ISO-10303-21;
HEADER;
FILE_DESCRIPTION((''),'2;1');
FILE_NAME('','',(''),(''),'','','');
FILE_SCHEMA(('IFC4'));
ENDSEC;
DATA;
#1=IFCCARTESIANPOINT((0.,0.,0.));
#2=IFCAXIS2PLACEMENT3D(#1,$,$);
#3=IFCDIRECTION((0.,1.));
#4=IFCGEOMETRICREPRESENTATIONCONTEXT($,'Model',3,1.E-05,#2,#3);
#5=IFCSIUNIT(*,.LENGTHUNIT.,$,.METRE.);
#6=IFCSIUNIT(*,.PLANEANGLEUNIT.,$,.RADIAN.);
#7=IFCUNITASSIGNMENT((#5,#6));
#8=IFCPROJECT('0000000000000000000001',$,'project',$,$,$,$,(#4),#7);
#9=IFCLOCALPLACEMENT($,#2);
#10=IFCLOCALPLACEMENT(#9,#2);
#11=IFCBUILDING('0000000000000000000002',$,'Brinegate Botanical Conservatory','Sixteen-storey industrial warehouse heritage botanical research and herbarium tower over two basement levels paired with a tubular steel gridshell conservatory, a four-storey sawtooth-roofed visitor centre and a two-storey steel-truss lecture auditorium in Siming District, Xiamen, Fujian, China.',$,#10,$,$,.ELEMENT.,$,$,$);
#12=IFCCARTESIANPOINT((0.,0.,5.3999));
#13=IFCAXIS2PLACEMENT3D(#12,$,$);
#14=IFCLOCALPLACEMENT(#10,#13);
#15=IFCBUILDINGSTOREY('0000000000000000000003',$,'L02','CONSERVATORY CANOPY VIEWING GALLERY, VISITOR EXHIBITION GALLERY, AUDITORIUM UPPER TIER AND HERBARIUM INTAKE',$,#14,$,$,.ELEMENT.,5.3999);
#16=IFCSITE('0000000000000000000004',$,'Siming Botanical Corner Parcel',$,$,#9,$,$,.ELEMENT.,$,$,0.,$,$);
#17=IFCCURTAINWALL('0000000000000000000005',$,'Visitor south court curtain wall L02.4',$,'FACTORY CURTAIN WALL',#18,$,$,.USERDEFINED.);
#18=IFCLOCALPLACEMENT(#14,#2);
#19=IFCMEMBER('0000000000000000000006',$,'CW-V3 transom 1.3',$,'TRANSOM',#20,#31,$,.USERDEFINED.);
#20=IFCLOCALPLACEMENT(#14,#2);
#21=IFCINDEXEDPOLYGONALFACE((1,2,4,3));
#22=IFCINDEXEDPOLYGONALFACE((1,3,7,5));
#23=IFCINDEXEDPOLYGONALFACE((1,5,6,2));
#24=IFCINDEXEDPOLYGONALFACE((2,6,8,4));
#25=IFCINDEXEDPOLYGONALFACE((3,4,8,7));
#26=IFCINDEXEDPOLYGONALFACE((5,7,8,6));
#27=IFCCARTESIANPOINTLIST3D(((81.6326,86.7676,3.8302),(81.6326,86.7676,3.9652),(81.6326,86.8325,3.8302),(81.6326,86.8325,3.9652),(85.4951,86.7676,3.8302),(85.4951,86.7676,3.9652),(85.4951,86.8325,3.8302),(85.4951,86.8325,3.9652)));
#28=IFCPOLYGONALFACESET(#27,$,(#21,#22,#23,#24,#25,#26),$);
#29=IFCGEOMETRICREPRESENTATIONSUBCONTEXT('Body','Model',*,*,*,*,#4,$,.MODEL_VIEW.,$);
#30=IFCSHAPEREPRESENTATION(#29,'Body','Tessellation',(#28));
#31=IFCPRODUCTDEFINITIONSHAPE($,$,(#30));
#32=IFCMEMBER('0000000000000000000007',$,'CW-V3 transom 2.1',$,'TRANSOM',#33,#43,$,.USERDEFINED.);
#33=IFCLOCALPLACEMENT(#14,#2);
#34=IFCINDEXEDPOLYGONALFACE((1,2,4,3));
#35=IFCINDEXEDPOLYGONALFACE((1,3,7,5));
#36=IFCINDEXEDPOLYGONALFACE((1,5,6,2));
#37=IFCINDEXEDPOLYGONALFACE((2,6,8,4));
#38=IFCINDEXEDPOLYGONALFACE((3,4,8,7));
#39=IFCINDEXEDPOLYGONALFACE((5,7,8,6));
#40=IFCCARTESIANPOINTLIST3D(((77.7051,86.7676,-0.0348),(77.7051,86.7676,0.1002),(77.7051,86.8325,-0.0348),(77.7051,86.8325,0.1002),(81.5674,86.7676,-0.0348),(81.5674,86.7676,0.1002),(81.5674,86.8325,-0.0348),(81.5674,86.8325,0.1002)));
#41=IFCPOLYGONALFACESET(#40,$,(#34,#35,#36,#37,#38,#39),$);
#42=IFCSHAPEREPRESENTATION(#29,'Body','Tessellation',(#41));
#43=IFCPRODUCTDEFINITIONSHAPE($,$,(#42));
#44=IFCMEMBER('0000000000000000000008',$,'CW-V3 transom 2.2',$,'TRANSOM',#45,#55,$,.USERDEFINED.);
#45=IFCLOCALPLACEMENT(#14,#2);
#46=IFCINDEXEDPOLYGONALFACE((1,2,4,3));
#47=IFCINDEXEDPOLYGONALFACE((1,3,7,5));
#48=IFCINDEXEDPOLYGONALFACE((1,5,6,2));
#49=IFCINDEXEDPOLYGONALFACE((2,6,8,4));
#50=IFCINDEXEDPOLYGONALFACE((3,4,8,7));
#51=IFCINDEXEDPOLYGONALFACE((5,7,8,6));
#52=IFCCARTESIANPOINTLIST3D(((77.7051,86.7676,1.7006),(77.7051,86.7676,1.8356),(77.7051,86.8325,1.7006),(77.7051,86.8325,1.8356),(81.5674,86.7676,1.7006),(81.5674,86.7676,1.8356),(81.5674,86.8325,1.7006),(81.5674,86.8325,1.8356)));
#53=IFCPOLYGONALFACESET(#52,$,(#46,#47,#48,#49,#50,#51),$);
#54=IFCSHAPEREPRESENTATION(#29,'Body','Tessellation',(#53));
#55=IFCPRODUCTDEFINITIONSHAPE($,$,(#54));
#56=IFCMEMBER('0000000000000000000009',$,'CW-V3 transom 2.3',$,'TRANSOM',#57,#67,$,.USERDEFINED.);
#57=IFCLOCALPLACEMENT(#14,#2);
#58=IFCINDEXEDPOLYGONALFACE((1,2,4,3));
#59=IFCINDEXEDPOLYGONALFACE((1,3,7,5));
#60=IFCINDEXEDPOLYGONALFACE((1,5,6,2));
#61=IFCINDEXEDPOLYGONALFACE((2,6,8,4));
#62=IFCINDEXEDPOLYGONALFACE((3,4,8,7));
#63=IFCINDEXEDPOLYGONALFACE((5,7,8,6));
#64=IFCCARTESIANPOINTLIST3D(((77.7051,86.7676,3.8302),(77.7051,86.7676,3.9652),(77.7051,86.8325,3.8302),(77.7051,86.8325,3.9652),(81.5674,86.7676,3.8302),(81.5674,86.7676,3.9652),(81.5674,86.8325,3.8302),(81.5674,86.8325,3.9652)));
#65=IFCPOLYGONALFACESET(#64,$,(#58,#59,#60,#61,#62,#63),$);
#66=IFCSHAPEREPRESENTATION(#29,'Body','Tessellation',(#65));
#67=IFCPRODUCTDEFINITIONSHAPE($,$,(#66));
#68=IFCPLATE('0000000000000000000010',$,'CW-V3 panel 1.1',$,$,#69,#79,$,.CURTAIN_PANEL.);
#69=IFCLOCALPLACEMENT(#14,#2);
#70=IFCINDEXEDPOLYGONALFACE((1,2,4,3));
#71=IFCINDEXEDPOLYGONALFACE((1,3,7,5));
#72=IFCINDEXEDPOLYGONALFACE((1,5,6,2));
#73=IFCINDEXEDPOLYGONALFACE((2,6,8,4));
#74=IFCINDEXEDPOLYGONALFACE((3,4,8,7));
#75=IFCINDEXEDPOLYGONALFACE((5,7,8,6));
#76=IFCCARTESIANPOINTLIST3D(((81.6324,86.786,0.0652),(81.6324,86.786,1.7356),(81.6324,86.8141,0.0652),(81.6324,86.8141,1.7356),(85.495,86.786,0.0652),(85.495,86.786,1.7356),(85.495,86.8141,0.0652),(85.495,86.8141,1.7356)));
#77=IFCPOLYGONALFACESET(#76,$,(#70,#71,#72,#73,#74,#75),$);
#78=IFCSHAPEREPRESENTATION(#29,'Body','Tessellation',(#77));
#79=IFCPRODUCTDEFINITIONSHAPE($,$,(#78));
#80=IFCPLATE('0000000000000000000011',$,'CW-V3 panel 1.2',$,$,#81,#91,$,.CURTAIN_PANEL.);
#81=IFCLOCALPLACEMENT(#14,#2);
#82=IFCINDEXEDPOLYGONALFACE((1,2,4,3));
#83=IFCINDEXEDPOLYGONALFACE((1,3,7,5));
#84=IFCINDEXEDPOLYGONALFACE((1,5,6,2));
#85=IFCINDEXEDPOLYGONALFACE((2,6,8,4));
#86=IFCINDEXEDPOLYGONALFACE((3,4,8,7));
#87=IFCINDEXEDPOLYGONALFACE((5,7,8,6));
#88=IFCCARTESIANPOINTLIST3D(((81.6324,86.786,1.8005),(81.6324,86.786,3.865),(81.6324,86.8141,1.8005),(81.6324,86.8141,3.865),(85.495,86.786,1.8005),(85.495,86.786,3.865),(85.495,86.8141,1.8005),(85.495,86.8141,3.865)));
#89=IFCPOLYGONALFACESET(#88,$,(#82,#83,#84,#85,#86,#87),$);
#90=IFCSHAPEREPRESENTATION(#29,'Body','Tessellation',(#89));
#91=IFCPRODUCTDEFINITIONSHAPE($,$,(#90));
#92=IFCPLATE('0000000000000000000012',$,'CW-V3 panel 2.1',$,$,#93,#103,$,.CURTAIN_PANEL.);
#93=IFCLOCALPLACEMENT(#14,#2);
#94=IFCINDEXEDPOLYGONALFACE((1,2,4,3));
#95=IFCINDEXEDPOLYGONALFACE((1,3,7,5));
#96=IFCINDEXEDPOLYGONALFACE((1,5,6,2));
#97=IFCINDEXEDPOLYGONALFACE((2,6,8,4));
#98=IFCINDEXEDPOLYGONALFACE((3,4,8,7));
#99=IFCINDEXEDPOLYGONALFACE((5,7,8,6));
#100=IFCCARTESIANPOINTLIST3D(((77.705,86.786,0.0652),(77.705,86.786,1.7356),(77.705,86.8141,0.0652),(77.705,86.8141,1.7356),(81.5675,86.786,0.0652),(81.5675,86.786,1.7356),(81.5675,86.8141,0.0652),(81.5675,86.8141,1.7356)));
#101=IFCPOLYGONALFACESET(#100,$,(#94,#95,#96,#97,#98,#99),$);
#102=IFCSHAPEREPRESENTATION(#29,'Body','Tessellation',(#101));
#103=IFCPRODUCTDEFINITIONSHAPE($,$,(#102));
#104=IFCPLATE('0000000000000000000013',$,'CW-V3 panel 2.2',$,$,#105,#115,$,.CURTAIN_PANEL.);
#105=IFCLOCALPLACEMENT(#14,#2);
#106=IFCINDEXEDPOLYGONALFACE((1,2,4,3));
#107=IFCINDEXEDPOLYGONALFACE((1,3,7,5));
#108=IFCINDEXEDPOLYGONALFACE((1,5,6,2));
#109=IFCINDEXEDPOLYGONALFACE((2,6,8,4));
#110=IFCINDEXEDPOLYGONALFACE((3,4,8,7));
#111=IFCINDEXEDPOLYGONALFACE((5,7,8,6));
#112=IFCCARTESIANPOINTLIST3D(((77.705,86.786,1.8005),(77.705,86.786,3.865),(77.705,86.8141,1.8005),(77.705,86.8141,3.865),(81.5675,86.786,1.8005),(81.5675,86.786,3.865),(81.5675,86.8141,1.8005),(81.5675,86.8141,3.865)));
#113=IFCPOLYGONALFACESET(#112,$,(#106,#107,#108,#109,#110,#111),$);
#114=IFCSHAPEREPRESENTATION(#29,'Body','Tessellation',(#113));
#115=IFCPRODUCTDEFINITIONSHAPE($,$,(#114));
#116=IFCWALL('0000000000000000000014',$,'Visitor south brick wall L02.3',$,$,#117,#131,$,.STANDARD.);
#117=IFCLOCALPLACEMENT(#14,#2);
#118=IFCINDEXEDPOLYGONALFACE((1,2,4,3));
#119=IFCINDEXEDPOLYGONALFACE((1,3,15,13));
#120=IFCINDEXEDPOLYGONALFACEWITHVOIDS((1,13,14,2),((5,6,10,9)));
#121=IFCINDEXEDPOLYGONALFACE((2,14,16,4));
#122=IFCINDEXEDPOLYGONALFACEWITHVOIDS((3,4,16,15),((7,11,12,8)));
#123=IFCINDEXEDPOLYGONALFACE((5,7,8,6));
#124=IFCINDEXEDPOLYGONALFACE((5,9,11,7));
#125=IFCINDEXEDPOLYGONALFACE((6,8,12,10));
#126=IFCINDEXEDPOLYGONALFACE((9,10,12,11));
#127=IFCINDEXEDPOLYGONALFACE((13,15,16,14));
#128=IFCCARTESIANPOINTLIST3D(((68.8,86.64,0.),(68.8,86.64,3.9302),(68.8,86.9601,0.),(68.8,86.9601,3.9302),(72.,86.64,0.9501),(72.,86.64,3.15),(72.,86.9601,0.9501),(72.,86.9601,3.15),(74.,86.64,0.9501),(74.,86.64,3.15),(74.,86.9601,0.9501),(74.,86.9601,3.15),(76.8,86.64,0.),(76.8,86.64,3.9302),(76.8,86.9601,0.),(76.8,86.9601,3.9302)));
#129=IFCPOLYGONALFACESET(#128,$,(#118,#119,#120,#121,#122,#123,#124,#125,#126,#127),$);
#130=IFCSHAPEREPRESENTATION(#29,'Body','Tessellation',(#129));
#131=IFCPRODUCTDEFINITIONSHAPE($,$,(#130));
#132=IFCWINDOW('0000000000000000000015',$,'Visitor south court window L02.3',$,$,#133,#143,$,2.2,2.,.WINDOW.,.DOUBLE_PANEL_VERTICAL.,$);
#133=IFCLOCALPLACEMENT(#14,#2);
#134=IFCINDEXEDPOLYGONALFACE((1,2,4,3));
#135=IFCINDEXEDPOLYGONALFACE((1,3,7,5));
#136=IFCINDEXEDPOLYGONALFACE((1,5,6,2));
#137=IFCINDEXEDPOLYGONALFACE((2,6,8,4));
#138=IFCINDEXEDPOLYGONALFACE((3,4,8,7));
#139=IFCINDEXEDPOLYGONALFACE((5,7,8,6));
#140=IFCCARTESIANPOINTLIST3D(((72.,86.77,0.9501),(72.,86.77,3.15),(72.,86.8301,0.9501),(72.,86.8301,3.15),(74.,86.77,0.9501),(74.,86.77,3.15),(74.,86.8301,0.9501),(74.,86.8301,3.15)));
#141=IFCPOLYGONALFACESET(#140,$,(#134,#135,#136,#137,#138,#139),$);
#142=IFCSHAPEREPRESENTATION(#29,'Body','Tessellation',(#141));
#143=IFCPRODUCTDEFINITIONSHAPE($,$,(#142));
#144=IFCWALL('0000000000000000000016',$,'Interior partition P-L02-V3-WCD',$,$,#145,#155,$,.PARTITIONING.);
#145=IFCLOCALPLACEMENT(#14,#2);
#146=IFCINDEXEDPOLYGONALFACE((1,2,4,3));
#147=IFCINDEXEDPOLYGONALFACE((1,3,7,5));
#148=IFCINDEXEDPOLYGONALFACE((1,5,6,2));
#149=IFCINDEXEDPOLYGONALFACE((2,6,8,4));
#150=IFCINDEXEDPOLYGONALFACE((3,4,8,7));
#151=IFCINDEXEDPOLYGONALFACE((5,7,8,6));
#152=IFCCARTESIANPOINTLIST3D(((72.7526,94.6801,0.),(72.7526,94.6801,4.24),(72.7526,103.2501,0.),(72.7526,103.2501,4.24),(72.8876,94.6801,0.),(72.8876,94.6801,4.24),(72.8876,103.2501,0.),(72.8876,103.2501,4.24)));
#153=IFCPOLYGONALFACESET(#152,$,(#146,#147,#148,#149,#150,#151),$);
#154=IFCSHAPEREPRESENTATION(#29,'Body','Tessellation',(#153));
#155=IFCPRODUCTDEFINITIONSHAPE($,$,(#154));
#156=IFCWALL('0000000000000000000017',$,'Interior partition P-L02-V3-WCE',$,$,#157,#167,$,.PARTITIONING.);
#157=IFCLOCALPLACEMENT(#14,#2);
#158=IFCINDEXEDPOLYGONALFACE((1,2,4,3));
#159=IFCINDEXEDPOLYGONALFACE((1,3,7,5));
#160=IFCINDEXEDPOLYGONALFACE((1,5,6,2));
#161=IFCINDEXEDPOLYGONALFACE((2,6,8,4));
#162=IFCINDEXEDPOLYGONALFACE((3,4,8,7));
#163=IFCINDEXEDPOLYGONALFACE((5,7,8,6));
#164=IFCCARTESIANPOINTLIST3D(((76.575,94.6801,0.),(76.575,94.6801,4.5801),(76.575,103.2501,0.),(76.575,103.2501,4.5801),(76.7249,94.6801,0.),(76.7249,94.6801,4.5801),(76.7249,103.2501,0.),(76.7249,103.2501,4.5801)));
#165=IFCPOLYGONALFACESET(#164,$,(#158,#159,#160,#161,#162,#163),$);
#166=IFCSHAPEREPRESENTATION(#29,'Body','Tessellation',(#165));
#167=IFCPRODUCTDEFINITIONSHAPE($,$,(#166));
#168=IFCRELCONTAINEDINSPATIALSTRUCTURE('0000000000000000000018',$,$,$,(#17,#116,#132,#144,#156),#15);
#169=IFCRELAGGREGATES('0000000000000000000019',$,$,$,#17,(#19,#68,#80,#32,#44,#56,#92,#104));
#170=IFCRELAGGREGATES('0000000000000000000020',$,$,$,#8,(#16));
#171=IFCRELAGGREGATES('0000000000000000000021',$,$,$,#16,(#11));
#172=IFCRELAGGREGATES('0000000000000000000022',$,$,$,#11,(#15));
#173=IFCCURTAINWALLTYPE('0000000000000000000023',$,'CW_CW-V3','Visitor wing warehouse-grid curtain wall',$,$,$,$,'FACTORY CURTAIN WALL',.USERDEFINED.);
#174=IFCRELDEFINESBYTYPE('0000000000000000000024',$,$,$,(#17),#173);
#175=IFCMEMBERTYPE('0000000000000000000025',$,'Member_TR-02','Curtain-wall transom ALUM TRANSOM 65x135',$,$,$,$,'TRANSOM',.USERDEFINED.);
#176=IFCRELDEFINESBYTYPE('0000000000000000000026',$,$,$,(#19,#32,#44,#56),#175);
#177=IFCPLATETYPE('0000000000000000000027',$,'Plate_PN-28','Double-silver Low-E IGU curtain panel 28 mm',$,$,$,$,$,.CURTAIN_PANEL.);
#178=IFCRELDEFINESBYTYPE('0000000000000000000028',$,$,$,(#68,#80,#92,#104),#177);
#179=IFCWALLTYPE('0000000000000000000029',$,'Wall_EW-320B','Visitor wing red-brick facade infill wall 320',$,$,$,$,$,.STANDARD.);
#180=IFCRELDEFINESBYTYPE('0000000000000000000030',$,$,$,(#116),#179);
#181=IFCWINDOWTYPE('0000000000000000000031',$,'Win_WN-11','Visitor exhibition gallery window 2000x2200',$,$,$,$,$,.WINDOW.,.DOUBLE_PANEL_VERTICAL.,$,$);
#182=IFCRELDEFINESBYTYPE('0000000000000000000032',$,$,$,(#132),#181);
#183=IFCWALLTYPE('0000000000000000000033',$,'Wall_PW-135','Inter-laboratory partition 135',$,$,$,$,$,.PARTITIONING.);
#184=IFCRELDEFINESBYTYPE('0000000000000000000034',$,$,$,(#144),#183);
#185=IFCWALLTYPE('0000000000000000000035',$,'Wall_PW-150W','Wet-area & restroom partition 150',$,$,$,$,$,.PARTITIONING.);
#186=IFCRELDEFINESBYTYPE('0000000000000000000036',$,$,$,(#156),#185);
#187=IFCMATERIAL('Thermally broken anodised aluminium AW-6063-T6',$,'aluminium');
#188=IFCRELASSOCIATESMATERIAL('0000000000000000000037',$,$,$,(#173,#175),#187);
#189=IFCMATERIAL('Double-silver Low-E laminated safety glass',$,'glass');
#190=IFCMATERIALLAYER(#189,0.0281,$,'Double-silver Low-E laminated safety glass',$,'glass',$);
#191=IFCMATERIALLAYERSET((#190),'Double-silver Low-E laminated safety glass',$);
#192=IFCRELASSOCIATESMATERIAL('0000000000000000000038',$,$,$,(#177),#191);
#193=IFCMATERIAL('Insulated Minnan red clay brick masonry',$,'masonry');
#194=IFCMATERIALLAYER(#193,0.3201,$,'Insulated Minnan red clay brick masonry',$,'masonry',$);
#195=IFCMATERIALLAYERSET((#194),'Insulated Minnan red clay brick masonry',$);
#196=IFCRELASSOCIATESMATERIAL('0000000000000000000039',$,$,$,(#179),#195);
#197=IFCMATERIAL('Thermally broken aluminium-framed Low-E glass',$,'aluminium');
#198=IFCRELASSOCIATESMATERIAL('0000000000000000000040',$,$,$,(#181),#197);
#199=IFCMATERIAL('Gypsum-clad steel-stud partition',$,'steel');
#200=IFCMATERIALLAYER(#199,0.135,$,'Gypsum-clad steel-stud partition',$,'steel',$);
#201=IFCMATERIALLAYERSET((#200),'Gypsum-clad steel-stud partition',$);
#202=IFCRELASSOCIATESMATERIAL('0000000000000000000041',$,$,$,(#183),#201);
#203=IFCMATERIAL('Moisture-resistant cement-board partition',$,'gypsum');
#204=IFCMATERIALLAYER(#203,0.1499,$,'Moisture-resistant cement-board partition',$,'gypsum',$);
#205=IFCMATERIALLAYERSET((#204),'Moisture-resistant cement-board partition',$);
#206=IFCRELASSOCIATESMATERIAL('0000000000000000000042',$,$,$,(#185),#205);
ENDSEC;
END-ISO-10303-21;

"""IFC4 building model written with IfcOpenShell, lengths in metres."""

from ifc_helpers import new_model, si_unit, direction, frame, frame_2d, origin, origin_2d, place, context, subcontext, project, spatial, rectangle, extrude, material, layer, layer_set, material_profile, profile_set, type_object, element, fill, aggregate, save


model = new_model("IFC4")

# Units and contexts
model_context = context("Model", 3, precision=1e-05, world=origin(), true_north=direction((0.0, 1.0)))
body_context = subcontext(model_context, "Body", "Model", "MODEL_VIEW")
ifc_project = project(units=[si_unit("LENGTHUNIT", "METRE"), si_unit("PLANEANGLEUNIT", "RADIAN")], contexts=[model_context])

# Site, building, storey
site_placement = place(None, origin())
site = spatial("IfcSite", under=ifc_project, at=site_placement, Name="Siming Botanical Corner Parcel", CompositionType="ELEMENT", RefElevation=0.0)
building_placement = place(site_placement, origin())
building = spatial("IfcBuilding", under=site, at=building_placement, Name="Brinegate Botanical Conservatory", Description="Sixteen-storey industrial warehouse heritage botanical research and herbarium tower over two basement levels paired with a tubular steel gridshell conservatory, a four-storey sawtooth-roofed visitor centre and a two-storey steel-truss lecture auditorium in Siming District, Xiamen, Fujian, China.", CompositionType="ELEMENT")
storey_placement = place(building_placement, frame((0.0, 0.0, 5.3999)))
storey = spatial("IfcBuildingStorey", under=building, at=storey_placement, Name="L02", Description="CONSERVATORY CANOPY VIEWING GALLERY, VISITOR EXHIBITION GALLERY, AUDITORIUM UPPER TIER AND HERBARIUM INTAKE", CompositionType="ELEMENT", Elevation=5.3999)

# Curtain wall, members, plates
ifc_material_1 = material(Name="Thermally broken anodised aluminium AW-6063-T6", Category="aluminium")
curtain_wall_type = type_object("IfcCurtainWallType", Name="CW_CW-V3", Description="Visitor wing warehouse-grid curtain wall", ElementType="FACTORY CURTAIN WALL", PredefinedType="USERDEFINED", material=ifc_material_1)
curtain_wall_placement = place(storey_placement, origin())
curtain_wall = element("IfcCurtainWall", 1, at=curtain_wall_placement, inside=storey, type_object=curtain_wall_type, Name="Visitor south court curtain wall L02.4", ObjectType="FACTORY CURTAIN WALL", PredefinedType="USERDEFINED")
ifc_material_profile_1 = material_profile(ifc_material_1, rectangle(XDim=0.0649, YDim=0.135, at=origin_2d()), Name="ALUM TRANSOM 65x135")
ifc_profile_set_1 = profile_set([ifc_material_profile_1], Name="Thermally broken anodised aluminium AW-6063-T6")
member_type_1 = type_object("IfcMemberType", Name="Member_TR-02", Description="Curtain-wall transom ALUM TRANSOM 65x135", ElementType="TRANSOM", PredefinedType="USERDEFINED", material=ifc_profile_set_1)
member_1_placement = place(storey_placement, frame((85.4951, 86.8, 3.8977), z_axis=(-1.0, 0.0, 0.0), x_axis=(0.0, -1.0, 0.0)))
member_1 = element("IfcMember", 2, at=member_1_placement, type_object=member_type_1, Name="CW-V3 transom 1.3", ObjectType="TRANSOM", PredefinedType="USERDEFINED", context=body_context, shape_type="SweptSolid", body=[
    extrude(rectangle(XDim=0.0649, YDim=0.135, at=origin_2d()), origin(), (0.0, 0.0, 1.0), 3.8625),
])
member_2_placement = place(storey_placement, frame((81.5674, 86.8, 0.0327), z_axis=(-1.0, 0.0, 0.0), x_axis=(0.0, -1.0, 0.0)))
member_2 = element("IfcMember", 3, at=member_2_placement, type_object=member_type_1, Name="CW-V3 transom 2.1", ObjectType="TRANSOM", PredefinedType="USERDEFINED", context=body_context, shape_type="SweptSolid", body=[
    extrude(rectangle(XDim=0.0649, YDim=0.135, at=origin_2d()), origin(), (0.0, 0.0, 1.0), 3.8623),
])
member_3_placement = place(storey_placement, frame((81.5674, 86.8, 1.7681), z_axis=(-1.0, 0.0, 0.0), x_axis=(0.0, -1.0, 0.0)))
member_3 = element("IfcMember", 4, at=member_3_placement, type_object=member_type_1, Name="CW-V3 transom 2.2", ObjectType="TRANSOM", PredefinedType="USERDEFINED", context=body_context, shape_type="SweptSolid", body=[
    extrude(rectangle(XDim=0.0649, YDim=0.135, at=origin_2d()), origin(), (0.0, 0.0, 1.0), 3.8623),
])
member_4_placement = place(storey_placement, frame((81.5674, 86.8, 3.8977), z_axis=(-1.0, 0.0, 0.0), x_axis=(0.0, -1.0, 0.0)))
member_4 = element("IfcMember", 5, at=member_4_placement, type_object=member_type_1, Name="CW-V3 transom 2.3", ObjectType="TRANSOM", PredefinedType="USERDEFINED", context=body_context, shape_type="SweptSolid", body=[
    extrude(rectangle(XDim=0.0649, YDim=0.135, at=origin_2d()), origin(), (0.0, 0.0, 1.0), 3.8623),
])
ifc_material_2 = material(Name="Double-silver Low-E laminated safety glass", Category="glass")
ifc_layer_1 = layer(ifc_material_2, 0.0281, Name="Double-silver Low-E laminated safety glass", Category="glass")
ifc_layer_set_1 = layer_set([ifc_layer_1], Name="Double-silver Low-E laminated safety glass")
plate_type = type_object("IfcPlateType", Name="Plate_PN-28", Description="Double-silver Low-E IGU curtain panel 28 mm", PredefinedType="CURTAIN_PANEL", material=ifc_layer_set_1)
plate_1_placement = place(storey_placement, frame((83.5637, 86.8, 0.0652), z_axis=(0.0, 0.0, 1.0), x_axis=(-1.0, 0.0, 0.0)))
plate_1 = element("IfcPlate", 6, at=plate_1_placement, type_object=plate_type, Name="CW-V3 panel 1.1", PredefinedType="CURTAIN_PANEL", context=body_context, shape_type="SweptSolid", body=[
    extrude(rectangle(XDim=3.8625, YDim=0.0281, at=origin_2d()), origin(), (0.0, 0.0, 1.0), 1.6704),
])
plate_2_placement = place(storey_placement, frame((83.5637, 86.8, 1.8005), z_axis=(0.0, 0.0, 1.0), x_axis=(-1.0, 0.0, 0.0)))
plate_2 = element("IfcPlate", 7, at=plate_2_placement, type_object=plate_type, Name="CW-V3 panel 1.2", PredefinedType="CURTAIN_PANEL", context=body_context, shape_type="SweptSolid", body=[
    extrude(rectangle(XDim=3.8625, YDim=0.0281, at=origin_2d()), origin(), (0.0, 0.0, 1.0), 2.0645),
])
plate_3_placement = place(storey_placement, frame((79.6362, 86.8, 0.0652), z_axis=(0.0, 0.0, 1.0), x_axis=(-1.0, 0.0, 0.0)))
plate_3 = element("IfcPlate", 8, at=plate_3_placement, type_object=plate_type, Name="CW-V3 panel 2.1", PredefinedType="CURTAIN_PANEL", context=body_context, shape_type="SweptSolid", body=[
    extrude(rectangle(XDim=3.8625, YDim=0.0281, at=origin_2d()), origin(), (0.0, 0.0, 1.0), 1.6704),
])
plate_4_placement = place(storey_placement, frame((79.6362, 86.8, 1.8005), z_axis=(0.0, 0.0, 1.0), x_axis=(-1.0, 0.0, 0.0)))
plate_4 = element("IfcPlate", 9, at=plate_4_placement, type_object=plate_type, Name="CW-V3 panel 2.2", PredefinedType="CURTAIN_PANEL", context=body_context, shape_type="SweptSolid", body=[
    extrude(rectangle(XDim=3.8625, YDim=0.0281, at=origin_2d()), origin(), (0.0, 0.0, 1.0), 2.0645),
])
aggregate(curtain_wall, [member_1, plate_1, plate_2, member_2, member_3, member_4, plate_3, plate_4])

# Wall, opening, window
ifc_material_3 = material(Name="Insulated Minnan red clay brick masonry", Category="masonry")
ifc_layer_2 = layer(ifc_material_3, 0.3201, Name="Insulated Minnan red clay brick masonry", Category="masonry")
ifc_layer_set_2 = layer_set([ifc_layer_2], Name="Insulated Minnan red clay brick masonry")
wall_type_1 = type_object("IfcWallType", Name="Wall_EW-320B", Description="Visitor wing red-brick facade infill wall 320", PredefinedType="STANDARD", material=ifc_layer_set_2)
wall_1_placement = place(storey_placement, frame((76.8, 86.8, 0.0), z_axis=(0.0, 0.0, 1.0), x_axis=(-1.0, 0.0, 0.0)))
wall_1 = element("IfcWall", 10, at=wall_1_placement, inside=storey, type_object=wall_type_1, Name="Visitor south brick wall L02.3", PredefinedType="STANDARD", context=body_context, shape_type="SweptSolid", body=[
    extrude(rectangle(XDim=8.0, YDim=0.3201, at=frame_2d((4.0, 0.0))), origin(), (0.0, 0.0, 1.0), 3.9302),
])
opening_placement = place(wall_1_placement, frame((2.8, 0.0, 0.95)))
opening = element("IfcOpeningElement", 11, at=opening_placement, cuts=wall_1, PredefinedType="OPENING", context=body_context, shape_type="SweptSolid", body=[
    extrude(rectangle(XDim=2.0, YDim=2.2, at=frame_2d((1.0, 1.1001))), frame((0.0, 0.1699, 0.0), z_axis=(0.0, -1.0, 0.0), x_axis=(1.0, 0.0, 0.0)), (0.0, 0.0, 1.0), 0.3401),
])
ifc_material_4 = material(Name="Thermally broken aluminium-framed Low-E glass", Category="aluminium")
window_type = type_object("IfcWindowType", Name="Win_WN-11", Description="Visitor exhibition gallery window 2000x2200", PartitioningType="DOUBLE_PANEL_VERTICAL", PredefinedType="WINDOW", material=ifc_material_4)
window_placement = place(opening_placement, origin())
window = element("IfcWindow", 12, at=window_placement, inside=storey, type_object=window_type, Name="Visitor south court window L02.3", OverallHeight=2.2, OverallWidth=2.0, PartitioningType="DOUBLE_PANEL_VERTICAL", PredefinedType="WINDOW", context=body_context, shape_type="SweptSolid", body=[
    extrude(rectangle(XDim=2.0, YDim=2.2, at=frame_2d((1.0, 1.1001))), frame((0.0, 0.03, 0.0), z_axis=(0.0, -1.0, 0.0), x_axis=(1.0, 0.0, 0.0)), (0.0, 0.0, 1.0), 0.0601),
])
fill(opening, window)

# Walls
ifc_material_5 = material(Name="Gypsum-clad steel-stud partition", Category="steel")
ifc_layer_3 = layer(ifc_material_5, 0.135, Name="Gypsum-clad steel-stud partition", Category="steel")
ifc_layer_set_3 = layer_set([ifc_layer_3], Name="Gypsum-clad steel-stud partition")
wall_type_2 = type_object("IfcWallType", Name="Wall_PW-135", Description="Inter-laboratory partition 135", PredefinedType="PARTITIONING", material=ifc_layer_set_3)
wall_2_placement = place(storey_placement, frame((72.8201, 94.6799, 0.0), z_axis=(0.0, 0.0, 1.0), x_axis=(0.0, 1.0, 0.0)))
element("IfcWall", 13, at=wall_2_placement, inside=storey, type_object=wall_type_2, Name="Interior partition P-L02-V3-WCD", PredefinedType="PARTITIONING", context=body_context, shape_type="SweptSolid", body=[
    extrude(rectangle(XDim=8.5701, YDim=0.135, at=frame_2d((4.2852, 0.0))), origin(), (0.0, 0.0, 1.0), 4.24),
])
ifc_material_6 = material(Name="Moisture-resistant cement-board partition", Category="gypsum")
ifc_layer_4 = layer(ifc_material_6, 0.1499, Name="Moisture-resistant cement-board partition", Category="gypsum")
ifc_layer_set_4 = layer_set([ifc_layer_4], Name="Moisture-resistant cement-board partition")
wall_type_3 = type_object("IfcWallType", Name="Wall_PW-150W", Description="Wet-area & restroom partition 150", PredefinedType="PARTITIONING", material=ifc_layer_set_4)
wall_3_placement = place(storey_placement, frame((76.6499, 94.6799, 0.0), z_axis=(0.0, 0.0, 1.0), x_axis=(0.0, 1.0, 0.0)))
element("IfcWall", 14, at=wall_3_placement, inside=storey, type_object=wall_type_3, Name="Interior partition P-L02-V3-WCE", PredefinedType="PARTITIONING", context=body_context, shape_type="SweptSolid", body=[
    extrude(rectangle(XDim=8.5701, YDim=0.1499, at=frame_2d((4.2852, 0.0))), origin(), (0.0, 0.0, 1.0), 4.5801),
])

save(model, "model.ifc")
